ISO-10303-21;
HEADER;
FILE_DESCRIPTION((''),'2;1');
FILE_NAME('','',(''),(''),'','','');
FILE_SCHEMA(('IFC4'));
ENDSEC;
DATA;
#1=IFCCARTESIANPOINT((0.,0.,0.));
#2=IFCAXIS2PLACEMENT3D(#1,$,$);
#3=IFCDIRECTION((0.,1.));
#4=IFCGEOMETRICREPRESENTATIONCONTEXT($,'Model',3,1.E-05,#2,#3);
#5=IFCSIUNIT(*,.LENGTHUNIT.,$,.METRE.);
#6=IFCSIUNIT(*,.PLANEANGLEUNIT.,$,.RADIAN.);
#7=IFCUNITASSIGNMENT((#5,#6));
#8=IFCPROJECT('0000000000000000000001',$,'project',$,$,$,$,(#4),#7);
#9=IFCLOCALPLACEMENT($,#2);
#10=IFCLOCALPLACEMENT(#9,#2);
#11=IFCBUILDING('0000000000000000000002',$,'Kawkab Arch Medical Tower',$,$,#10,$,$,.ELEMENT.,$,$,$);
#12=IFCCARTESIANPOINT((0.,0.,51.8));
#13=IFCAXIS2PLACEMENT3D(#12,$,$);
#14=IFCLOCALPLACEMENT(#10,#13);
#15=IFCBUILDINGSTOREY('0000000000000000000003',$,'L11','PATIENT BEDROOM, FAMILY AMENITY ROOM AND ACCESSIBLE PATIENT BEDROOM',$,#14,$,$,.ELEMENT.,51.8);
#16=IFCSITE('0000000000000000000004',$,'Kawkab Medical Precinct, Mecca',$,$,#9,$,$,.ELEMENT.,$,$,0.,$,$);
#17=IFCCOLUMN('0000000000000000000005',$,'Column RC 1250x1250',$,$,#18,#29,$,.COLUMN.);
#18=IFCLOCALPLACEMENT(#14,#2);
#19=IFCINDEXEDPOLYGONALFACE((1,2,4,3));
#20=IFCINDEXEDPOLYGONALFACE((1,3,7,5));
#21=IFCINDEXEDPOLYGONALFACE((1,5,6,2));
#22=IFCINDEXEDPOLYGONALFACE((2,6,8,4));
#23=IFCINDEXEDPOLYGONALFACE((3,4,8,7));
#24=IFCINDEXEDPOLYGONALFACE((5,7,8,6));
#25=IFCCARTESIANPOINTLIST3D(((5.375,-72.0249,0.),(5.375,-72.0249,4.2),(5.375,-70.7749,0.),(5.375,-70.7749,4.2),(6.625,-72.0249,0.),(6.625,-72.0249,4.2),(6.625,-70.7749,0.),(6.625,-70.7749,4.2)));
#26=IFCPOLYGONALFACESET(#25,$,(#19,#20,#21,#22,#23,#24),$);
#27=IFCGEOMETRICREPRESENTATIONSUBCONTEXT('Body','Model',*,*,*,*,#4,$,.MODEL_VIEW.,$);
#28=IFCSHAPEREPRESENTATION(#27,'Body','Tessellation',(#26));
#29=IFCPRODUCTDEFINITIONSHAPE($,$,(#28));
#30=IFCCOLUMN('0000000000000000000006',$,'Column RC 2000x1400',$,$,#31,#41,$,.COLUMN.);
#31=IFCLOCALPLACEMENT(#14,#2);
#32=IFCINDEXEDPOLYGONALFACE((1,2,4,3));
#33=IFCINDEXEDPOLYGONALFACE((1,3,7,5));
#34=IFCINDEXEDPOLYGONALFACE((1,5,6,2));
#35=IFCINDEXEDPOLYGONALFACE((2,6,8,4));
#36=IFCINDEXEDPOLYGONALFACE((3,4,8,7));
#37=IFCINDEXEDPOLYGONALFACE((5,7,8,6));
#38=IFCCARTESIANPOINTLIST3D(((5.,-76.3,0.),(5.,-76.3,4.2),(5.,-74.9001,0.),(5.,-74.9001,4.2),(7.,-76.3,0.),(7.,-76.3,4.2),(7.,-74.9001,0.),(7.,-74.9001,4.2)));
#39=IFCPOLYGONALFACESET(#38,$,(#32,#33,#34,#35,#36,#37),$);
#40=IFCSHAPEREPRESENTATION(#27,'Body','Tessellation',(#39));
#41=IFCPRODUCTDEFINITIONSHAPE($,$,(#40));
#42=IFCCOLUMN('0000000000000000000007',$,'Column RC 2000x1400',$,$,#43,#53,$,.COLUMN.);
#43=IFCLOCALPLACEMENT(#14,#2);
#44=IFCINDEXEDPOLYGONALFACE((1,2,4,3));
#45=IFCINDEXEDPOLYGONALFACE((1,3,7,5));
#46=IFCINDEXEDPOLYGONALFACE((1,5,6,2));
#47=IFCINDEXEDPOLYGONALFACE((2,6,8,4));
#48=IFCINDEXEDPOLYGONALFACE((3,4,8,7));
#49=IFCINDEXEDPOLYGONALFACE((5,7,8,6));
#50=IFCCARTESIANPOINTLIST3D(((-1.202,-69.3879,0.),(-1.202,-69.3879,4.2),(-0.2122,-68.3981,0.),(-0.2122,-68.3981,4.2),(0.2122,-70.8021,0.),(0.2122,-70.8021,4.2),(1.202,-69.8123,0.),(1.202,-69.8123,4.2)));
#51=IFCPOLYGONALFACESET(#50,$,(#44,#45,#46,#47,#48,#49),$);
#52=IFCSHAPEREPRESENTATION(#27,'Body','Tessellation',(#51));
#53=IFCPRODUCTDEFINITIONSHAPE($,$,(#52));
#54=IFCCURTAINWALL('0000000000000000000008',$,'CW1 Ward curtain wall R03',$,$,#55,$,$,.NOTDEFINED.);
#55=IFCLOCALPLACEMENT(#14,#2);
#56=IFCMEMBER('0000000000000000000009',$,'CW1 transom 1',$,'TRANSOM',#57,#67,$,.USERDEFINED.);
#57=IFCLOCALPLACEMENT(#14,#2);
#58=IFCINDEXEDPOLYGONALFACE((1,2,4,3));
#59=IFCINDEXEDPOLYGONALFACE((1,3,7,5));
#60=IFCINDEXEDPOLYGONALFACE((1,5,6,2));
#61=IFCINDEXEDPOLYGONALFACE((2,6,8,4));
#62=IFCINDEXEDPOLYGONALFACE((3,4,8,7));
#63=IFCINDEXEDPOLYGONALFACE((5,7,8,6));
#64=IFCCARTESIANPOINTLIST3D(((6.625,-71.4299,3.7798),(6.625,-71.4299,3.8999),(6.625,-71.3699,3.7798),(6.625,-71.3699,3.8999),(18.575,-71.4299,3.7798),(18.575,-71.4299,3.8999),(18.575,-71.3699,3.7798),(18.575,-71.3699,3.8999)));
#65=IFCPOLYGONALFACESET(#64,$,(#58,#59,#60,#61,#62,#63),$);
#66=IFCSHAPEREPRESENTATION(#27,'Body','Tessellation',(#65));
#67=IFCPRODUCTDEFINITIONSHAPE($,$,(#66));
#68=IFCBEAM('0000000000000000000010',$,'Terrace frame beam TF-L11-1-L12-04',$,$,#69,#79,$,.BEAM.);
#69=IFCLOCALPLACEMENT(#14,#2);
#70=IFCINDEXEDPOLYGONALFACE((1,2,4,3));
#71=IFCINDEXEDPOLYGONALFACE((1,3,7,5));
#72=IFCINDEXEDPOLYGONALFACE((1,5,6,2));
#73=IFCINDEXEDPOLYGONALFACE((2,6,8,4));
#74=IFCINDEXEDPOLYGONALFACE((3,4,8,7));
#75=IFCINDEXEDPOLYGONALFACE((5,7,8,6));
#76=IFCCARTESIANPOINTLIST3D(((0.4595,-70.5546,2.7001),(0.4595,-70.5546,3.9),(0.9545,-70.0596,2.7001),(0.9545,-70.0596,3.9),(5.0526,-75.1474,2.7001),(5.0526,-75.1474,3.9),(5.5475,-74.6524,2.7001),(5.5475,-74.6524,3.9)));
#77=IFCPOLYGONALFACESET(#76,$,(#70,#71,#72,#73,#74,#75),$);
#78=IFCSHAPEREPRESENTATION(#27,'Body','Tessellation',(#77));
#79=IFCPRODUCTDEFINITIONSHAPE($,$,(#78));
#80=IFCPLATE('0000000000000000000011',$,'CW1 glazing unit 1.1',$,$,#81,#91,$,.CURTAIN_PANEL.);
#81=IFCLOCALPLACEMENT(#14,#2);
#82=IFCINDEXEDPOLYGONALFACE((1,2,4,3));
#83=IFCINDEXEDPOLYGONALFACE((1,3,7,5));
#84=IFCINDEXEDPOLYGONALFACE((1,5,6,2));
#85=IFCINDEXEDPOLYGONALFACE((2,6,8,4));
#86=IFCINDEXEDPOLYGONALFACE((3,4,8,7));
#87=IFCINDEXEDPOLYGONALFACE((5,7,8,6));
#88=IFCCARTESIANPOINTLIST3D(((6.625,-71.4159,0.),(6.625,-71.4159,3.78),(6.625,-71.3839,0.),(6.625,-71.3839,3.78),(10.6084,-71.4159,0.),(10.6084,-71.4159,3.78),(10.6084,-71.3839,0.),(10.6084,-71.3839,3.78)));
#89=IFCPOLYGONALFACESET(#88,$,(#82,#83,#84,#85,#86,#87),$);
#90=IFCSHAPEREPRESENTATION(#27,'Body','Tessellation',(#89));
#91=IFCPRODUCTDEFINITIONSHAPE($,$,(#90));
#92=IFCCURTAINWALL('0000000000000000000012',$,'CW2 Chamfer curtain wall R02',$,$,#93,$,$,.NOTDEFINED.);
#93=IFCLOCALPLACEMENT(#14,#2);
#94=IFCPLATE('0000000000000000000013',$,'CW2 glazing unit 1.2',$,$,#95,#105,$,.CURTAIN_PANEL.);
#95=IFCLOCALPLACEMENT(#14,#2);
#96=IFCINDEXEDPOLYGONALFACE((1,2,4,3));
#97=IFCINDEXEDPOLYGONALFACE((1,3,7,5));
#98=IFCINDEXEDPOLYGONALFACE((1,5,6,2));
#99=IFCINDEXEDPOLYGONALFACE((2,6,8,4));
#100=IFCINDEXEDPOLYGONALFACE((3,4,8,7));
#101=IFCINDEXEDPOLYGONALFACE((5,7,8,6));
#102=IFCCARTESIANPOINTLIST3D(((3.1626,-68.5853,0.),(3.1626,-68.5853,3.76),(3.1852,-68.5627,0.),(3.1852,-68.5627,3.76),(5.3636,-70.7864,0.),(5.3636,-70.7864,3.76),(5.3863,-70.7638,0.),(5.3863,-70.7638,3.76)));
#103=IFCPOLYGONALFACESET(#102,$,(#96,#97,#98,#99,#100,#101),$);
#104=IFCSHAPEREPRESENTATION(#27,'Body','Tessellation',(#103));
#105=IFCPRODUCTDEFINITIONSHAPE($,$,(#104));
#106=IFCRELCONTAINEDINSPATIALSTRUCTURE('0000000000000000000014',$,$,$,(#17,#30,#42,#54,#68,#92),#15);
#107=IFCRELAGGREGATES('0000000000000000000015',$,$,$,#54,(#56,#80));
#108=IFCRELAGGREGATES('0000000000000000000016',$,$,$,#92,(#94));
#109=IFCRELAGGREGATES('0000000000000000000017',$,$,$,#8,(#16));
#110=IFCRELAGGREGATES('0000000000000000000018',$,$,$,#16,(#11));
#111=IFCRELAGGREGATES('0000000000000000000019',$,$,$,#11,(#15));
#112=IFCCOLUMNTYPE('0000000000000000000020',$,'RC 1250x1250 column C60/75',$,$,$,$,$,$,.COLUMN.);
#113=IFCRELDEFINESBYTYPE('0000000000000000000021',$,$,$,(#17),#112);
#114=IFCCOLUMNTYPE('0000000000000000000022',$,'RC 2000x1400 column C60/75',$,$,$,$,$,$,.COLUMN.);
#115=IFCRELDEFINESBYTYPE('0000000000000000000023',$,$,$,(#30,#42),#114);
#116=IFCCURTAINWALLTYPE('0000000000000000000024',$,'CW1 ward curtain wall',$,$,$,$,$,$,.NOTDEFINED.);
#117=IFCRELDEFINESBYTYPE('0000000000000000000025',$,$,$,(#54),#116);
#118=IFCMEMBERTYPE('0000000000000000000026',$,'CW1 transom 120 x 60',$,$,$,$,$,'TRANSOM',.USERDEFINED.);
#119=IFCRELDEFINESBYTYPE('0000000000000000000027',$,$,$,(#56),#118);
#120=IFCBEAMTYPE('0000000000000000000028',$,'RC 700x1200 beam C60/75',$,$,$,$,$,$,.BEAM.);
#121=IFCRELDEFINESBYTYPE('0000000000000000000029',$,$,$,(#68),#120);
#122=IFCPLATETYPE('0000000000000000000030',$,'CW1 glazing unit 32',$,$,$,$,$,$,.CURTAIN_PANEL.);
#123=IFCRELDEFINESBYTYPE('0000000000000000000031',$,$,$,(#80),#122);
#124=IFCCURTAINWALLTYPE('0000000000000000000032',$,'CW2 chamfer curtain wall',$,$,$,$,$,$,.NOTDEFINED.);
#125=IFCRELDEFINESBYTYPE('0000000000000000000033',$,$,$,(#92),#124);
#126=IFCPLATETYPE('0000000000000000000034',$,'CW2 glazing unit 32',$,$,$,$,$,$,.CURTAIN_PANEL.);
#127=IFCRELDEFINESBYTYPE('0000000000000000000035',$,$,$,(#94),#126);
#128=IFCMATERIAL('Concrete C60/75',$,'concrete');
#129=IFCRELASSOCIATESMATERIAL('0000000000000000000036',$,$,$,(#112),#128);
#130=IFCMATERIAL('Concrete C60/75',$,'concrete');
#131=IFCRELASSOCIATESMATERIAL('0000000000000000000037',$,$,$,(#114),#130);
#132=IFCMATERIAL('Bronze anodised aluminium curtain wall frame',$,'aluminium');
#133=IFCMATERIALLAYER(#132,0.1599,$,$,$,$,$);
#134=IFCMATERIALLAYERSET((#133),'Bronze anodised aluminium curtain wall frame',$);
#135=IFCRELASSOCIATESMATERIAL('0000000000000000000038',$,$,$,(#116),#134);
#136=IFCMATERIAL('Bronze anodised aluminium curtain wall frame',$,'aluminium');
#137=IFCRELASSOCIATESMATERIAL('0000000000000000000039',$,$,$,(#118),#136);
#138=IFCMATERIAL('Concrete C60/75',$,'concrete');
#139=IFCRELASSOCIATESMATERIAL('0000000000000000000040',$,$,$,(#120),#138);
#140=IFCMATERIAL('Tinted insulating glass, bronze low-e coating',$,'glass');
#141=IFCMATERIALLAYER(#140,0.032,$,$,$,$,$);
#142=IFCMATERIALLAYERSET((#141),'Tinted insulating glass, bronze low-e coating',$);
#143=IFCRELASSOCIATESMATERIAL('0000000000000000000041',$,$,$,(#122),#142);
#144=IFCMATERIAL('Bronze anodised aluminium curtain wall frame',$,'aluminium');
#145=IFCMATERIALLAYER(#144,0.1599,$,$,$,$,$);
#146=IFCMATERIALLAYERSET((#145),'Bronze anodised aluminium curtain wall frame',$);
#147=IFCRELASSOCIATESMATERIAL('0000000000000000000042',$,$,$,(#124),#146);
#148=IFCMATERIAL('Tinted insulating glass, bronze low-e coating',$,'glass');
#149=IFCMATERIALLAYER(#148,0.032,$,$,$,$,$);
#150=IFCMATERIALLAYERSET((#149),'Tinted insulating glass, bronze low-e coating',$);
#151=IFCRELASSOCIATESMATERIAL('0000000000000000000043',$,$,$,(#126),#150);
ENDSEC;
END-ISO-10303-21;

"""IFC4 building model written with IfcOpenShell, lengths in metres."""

from ifc_helpers import new_model, si_unit, direction, frame, origin, origin_2d, place, context, subcontext, project, spatial, rectangle, extrude, material, layer, layer_set, material_profile, profile_set, type_object, element, aggregate, save


model = new_model("IFC4")

# Units and contexts
model_context = context("Model", 3, precision=1e-05, world=origin(), true_north=direction((0.0, 1.0)))
body_context = subcontext(model_context, "Body", "Model", "MODEL_VIEW")
ifc_project = project(units=[si_unit("LENGTHUNIT", "METRE"), si_unit("PLANEANGLEUNIT", "RADIAN")], contexts=[model_context])

# Site, building, storey
site_placement = place(None, origin())
site = spatial("IfcSite", under=ifc_project, at=site_placement, Name="Kawkab Medical Precinct, Mecca", CompositionType="ELEMENT", RefElevation=0.0)
building_placement = place(site_placement, origin())
building = spatial("IfcBuilding", under=site, at=building_placement, Name="Kawkab Arch Medical Tower", CompositionType="ELEMENT")
storey_placement = place(building_placement, frame((0.0, 0.0, 51.8)))
storey = spatial("IfcBuildingStorey", under=building, at=storey_placement, Name="L11", Description="PATIENT BEDROOM, FAMILY AMENITY ROOM AND ACCESSIBLE PATIENT BEDROOM", CompositionType="ELEMENT", Elevation=51.8)

# Columns
ifc_material_1 = material(Name="Concrete C60/75", Category="concrete")
ifc_material_profile_1 = material_profile(ifc_material_1, rectangle(XDim=1.25, YDim=1.25, at=origin_2d()), Name="RC 1250x1250")
ifc_profile_set_1 = profile_set([ifc_material_profile_1], Name="Concrete C60/75")
column_type_1 = type_object("IfcColumnType", Name="RC 1250x1250 column C60/75", PredefinedType="COLUMN", material=ifc_profile_set_1)
column_placement = place(storey_placement, frame((6.0, -71.3999, 0.0), z_axis=(0.0, 0.0, 1.0), x_axis=(1.0, 0.0, 0.0)))
element("IfcColumn", 1, at=column_placement, inside=storey, type_object=column_type_1, Name="Column RC 1250x1250", PredefinedType="COLUMN", context=body_context, shape_type="SweptSolid", body=[
    extrude(rectangle(XDim=1.25, YDim=1.25, at=origin_2d()), origin(), (0.0, 0.0, 1.0), 4.2),
])
ifc_material_2 = material(Name="Concrete C60/75", Category="concrete")
ifc_material_profile_2 = material_profile(ifc_material_2, rectangle(XDim=2.0, YDim=1.3999, at=origin_2d()), Name="RC 2000x1400")
ifc_profile_set_2 = profile_set([ifc_material_profile_2], Name="Concrete C60/75")
column_type_2 = type_object("IfcColumnType", Name="RC 2000x1400 column C60/75", PredefinedType="COLUMN", material=ifc_profile_set_2)
for number, where, z_axis, x_axis, name in (
    (2, (6.0, -75.6001, 0.0), (0.0, 0.0, 1.0), (-1.0, 0.0, 0.0), "Column RC 2000x1400"),
    (3, (0.0, -69.6001, 0.0), (0.0, 0.0, 1.0), (-0.707107, 0.707107, 0.0), "Column RC 2000x1400"),
):
    element("IfcColumn", number, at=place(storey_placement, frame(where, z_axis=z_axis, x_axis=x_axis)), inside=storey, type_object=column_type_2, Name=name, PredefinedType="COLUMN", context=body_context, shape_type="SweptSolid", body=[
        extrude(rectangle(XDim=2.0, YDim=1.3999, at=origin_2d()), origin(), (0.0, 0.0, 1.0), 4.2),
    ])

# Curtain wall, member
ifc_material_3 = material(Name="Bronze anodised aluminium curtain wall frame", Category="aluminium")
ifc_layer_1 = layer(ifc_material_3, 0.1599)
ifc_layer_set_1 = layer_set([ifc_layer_1], Name="Bronze anodised aluminium curtain wall frame")
curtain_wall_type_1 = type_object("IfcCurtainWallType", Name="CW1 ward curtain wall", PredefinedType="NOTDEFINED", material=ifc_layer_set_1)
placement = place(storey_placement, origin())
curtain_wall_1 = element("IfcCurtainWall", 4, at=placement, inside=storey, type_object=curtain_wall_type_1, Name="CW1 Ward curtain wall R03", PredefinedType="NOTDEFINED")
ifc_material_4 = material(Name="Bronze anodised aluminium curtain wall frame", Category="aluminium")
ifc_material_profile_3 = material_profile(ifc_material_4, rectangle(XDim=0.0601, YDim=0.1201, at=origin_2d()), Name="AL 60x120")
ifc_profile_set_3 = profile_set([ifc_material_profile_3], Name="Bronze anodised aluminium curtain wall frame")
member_type = type_object("IfcMemberType", Name="CW1 transom 120 x 60", ElementType="TRANSOM", PredefinedType="USERDEFINED", material=ifc_profile_set_3)
member_placement = place(storey_placement, frame((6.625, -71.3999, 3.8398), z_axis=(1.0, 0.0, 0.0), x_axis=(0.0, 1.0, 0.0)))
member = element("IfcMember", 5, at=member_placement, type_object=member_type, Name="CW1 transom 1", ObjectType="TRANSOM", PredefinedType="USERDEFINED", context=body_context, shape_type="SweptSolid", body=[
    extrude(rectangle(XDim=0.0601, YDim=0.1201, at=origin_2d()), origin(), (0.0, 0.0, 1.0), 11.95),
])

# Beam
ifc_material_5 = material(Name="Concrete C60/75", Category="concrete")
ifc_material_profile_4 = material_profile(ifc_material_5, rectangle(XDim=0.7, YDim=1.2, at=origin_2d()), Name="RC 700x1200")
ifc_profile_set_4 = profile_set([ifc_material_profile_4], Name="Concrete C60/75")
beam_type = type_object("IfcBeamType", Name="RC 700x1200 beam C60/75", PredefinedType="BEAM", material=ifc_profile_set_4)
beam_placement = place(storey_placement, frame((5.3, -74.8999, 3.3), z_axis=(-0.707126, 0.707088, 0.0), x_axis=(-0.707088, -0.707126, 0.0)))
element("IfcBeam", 6, at=beam_placement, inside=storey, type_object=beam_type, Name="Terrace frame beam TF-L11-1-L12-04", PredefinedType="BEAM", context=body_context, shape_type="SweptSolid", body=[
    extrude(rectangle(XDim=0.7, YDim=1.2, at=origin_2d()), origin(), (0.0, 0.0, 1.0), 6.4954),
])

# Plate
ifc_material_6 = material(Name="Tinted insulating glass, bronze low-e coating", Category="glass")
ifc_layer_2 = layer(ifc_material_6, 0.032)
ifc_layer_set_2 = layer_set([ifc_layer_2], Name="Tinted insulating glass, bronze low-e coating")
plate_type_1 = type_object("IfcPlateType", Name="CW1 glazing unit 32", PredefinedType="CURTAIN_PANEL", material=ifc_layer_set_2)
plate_1_placement = place(storey_placement, frame((8.6167, -71.3999, 0.0), z_axis=(0.0, 0.0, 1.0), x_axis=(1.0, 0.0, 0.0)))
plate_1 = element("IfcPlate", 7, at=plate_1_placement, type_object=plate_type_1, Name="CW1 glazing unit 1.1", PredefinedType="CURTAIN_PANEL", context=body_context, shape_type="SweptSolid", body=[
    extrude(rectangle(XDim=3.9834, YDim=0.032, at=origin_2d()), origin(), (0.0, 0.0, 1.0), 3.78),
])
aggregate(curtain_wall_1, [member, plate_1])

# Curtain wall, plate
ifc_material_7 = material(Name="Bronze anodised aluminium curtain wall frame", Category="aluminium")
ifc_layer_3 = layer(ifc_material_7, 0.1599)
ifc_layer_set_3 = layer_set([ifc_layer_3], Name="Bronze anodised aluminium curtain wall frame")
curtain_wall_type_2 = type_object("IfcCurtainWallType", Name="CW2 chamfer curtain wall", PredefinedType="NOTDEFINED", material=ifc_layer_set_3)
curtain_wall_2 = element("IfcCurtainWall", 8, at=placement, inside=storey, type_object=curtain_wall_type_2, Name="CW2 Chamfer curtain wall R02", PredefinedType="NOTDEFINED")
ifc_material_8 = material(Name="Tinted insulating glass, bronze low-e coating", Category="glass")
ifc_layer_4 = layer(ifc_material_8, 0.032)
ifc_layer_set_4 = layer_set([ifc_layer_4], Name="Tinted insulating glass, bronze low-e coating")
plate_type_2 = type_object("IfcPlateType", Name="CW2 glazing unit 32", PredefinedType="CURTAIN_PANEL", material=ifc_layer_set_4)
plate_2_placement = place(storey_placement, frame((4.2744, -69.6746, 0.0), z_axis=(0.0, 0.0, 1.0), x_axis=(0.707107, -0.707107, 0.0)))
plate_2 = element("IfcPlate", 9, at=plate_2_placement, type_object=plate_type_2, Name="CW2 glazing unit 1.2", PredefinedType="CURTAIN_PANEL", context=body_context, shape_type="SweptSolid", body=[
    extrude(rectangle(XDim=3.1128, YDim=0.032, at=origin_2d()), origin(), (0.0, 0.0, 1.0), 3.76),
])
aggregate(curtain_wall_2, [plate_2])

save(model, "model.ifc")
